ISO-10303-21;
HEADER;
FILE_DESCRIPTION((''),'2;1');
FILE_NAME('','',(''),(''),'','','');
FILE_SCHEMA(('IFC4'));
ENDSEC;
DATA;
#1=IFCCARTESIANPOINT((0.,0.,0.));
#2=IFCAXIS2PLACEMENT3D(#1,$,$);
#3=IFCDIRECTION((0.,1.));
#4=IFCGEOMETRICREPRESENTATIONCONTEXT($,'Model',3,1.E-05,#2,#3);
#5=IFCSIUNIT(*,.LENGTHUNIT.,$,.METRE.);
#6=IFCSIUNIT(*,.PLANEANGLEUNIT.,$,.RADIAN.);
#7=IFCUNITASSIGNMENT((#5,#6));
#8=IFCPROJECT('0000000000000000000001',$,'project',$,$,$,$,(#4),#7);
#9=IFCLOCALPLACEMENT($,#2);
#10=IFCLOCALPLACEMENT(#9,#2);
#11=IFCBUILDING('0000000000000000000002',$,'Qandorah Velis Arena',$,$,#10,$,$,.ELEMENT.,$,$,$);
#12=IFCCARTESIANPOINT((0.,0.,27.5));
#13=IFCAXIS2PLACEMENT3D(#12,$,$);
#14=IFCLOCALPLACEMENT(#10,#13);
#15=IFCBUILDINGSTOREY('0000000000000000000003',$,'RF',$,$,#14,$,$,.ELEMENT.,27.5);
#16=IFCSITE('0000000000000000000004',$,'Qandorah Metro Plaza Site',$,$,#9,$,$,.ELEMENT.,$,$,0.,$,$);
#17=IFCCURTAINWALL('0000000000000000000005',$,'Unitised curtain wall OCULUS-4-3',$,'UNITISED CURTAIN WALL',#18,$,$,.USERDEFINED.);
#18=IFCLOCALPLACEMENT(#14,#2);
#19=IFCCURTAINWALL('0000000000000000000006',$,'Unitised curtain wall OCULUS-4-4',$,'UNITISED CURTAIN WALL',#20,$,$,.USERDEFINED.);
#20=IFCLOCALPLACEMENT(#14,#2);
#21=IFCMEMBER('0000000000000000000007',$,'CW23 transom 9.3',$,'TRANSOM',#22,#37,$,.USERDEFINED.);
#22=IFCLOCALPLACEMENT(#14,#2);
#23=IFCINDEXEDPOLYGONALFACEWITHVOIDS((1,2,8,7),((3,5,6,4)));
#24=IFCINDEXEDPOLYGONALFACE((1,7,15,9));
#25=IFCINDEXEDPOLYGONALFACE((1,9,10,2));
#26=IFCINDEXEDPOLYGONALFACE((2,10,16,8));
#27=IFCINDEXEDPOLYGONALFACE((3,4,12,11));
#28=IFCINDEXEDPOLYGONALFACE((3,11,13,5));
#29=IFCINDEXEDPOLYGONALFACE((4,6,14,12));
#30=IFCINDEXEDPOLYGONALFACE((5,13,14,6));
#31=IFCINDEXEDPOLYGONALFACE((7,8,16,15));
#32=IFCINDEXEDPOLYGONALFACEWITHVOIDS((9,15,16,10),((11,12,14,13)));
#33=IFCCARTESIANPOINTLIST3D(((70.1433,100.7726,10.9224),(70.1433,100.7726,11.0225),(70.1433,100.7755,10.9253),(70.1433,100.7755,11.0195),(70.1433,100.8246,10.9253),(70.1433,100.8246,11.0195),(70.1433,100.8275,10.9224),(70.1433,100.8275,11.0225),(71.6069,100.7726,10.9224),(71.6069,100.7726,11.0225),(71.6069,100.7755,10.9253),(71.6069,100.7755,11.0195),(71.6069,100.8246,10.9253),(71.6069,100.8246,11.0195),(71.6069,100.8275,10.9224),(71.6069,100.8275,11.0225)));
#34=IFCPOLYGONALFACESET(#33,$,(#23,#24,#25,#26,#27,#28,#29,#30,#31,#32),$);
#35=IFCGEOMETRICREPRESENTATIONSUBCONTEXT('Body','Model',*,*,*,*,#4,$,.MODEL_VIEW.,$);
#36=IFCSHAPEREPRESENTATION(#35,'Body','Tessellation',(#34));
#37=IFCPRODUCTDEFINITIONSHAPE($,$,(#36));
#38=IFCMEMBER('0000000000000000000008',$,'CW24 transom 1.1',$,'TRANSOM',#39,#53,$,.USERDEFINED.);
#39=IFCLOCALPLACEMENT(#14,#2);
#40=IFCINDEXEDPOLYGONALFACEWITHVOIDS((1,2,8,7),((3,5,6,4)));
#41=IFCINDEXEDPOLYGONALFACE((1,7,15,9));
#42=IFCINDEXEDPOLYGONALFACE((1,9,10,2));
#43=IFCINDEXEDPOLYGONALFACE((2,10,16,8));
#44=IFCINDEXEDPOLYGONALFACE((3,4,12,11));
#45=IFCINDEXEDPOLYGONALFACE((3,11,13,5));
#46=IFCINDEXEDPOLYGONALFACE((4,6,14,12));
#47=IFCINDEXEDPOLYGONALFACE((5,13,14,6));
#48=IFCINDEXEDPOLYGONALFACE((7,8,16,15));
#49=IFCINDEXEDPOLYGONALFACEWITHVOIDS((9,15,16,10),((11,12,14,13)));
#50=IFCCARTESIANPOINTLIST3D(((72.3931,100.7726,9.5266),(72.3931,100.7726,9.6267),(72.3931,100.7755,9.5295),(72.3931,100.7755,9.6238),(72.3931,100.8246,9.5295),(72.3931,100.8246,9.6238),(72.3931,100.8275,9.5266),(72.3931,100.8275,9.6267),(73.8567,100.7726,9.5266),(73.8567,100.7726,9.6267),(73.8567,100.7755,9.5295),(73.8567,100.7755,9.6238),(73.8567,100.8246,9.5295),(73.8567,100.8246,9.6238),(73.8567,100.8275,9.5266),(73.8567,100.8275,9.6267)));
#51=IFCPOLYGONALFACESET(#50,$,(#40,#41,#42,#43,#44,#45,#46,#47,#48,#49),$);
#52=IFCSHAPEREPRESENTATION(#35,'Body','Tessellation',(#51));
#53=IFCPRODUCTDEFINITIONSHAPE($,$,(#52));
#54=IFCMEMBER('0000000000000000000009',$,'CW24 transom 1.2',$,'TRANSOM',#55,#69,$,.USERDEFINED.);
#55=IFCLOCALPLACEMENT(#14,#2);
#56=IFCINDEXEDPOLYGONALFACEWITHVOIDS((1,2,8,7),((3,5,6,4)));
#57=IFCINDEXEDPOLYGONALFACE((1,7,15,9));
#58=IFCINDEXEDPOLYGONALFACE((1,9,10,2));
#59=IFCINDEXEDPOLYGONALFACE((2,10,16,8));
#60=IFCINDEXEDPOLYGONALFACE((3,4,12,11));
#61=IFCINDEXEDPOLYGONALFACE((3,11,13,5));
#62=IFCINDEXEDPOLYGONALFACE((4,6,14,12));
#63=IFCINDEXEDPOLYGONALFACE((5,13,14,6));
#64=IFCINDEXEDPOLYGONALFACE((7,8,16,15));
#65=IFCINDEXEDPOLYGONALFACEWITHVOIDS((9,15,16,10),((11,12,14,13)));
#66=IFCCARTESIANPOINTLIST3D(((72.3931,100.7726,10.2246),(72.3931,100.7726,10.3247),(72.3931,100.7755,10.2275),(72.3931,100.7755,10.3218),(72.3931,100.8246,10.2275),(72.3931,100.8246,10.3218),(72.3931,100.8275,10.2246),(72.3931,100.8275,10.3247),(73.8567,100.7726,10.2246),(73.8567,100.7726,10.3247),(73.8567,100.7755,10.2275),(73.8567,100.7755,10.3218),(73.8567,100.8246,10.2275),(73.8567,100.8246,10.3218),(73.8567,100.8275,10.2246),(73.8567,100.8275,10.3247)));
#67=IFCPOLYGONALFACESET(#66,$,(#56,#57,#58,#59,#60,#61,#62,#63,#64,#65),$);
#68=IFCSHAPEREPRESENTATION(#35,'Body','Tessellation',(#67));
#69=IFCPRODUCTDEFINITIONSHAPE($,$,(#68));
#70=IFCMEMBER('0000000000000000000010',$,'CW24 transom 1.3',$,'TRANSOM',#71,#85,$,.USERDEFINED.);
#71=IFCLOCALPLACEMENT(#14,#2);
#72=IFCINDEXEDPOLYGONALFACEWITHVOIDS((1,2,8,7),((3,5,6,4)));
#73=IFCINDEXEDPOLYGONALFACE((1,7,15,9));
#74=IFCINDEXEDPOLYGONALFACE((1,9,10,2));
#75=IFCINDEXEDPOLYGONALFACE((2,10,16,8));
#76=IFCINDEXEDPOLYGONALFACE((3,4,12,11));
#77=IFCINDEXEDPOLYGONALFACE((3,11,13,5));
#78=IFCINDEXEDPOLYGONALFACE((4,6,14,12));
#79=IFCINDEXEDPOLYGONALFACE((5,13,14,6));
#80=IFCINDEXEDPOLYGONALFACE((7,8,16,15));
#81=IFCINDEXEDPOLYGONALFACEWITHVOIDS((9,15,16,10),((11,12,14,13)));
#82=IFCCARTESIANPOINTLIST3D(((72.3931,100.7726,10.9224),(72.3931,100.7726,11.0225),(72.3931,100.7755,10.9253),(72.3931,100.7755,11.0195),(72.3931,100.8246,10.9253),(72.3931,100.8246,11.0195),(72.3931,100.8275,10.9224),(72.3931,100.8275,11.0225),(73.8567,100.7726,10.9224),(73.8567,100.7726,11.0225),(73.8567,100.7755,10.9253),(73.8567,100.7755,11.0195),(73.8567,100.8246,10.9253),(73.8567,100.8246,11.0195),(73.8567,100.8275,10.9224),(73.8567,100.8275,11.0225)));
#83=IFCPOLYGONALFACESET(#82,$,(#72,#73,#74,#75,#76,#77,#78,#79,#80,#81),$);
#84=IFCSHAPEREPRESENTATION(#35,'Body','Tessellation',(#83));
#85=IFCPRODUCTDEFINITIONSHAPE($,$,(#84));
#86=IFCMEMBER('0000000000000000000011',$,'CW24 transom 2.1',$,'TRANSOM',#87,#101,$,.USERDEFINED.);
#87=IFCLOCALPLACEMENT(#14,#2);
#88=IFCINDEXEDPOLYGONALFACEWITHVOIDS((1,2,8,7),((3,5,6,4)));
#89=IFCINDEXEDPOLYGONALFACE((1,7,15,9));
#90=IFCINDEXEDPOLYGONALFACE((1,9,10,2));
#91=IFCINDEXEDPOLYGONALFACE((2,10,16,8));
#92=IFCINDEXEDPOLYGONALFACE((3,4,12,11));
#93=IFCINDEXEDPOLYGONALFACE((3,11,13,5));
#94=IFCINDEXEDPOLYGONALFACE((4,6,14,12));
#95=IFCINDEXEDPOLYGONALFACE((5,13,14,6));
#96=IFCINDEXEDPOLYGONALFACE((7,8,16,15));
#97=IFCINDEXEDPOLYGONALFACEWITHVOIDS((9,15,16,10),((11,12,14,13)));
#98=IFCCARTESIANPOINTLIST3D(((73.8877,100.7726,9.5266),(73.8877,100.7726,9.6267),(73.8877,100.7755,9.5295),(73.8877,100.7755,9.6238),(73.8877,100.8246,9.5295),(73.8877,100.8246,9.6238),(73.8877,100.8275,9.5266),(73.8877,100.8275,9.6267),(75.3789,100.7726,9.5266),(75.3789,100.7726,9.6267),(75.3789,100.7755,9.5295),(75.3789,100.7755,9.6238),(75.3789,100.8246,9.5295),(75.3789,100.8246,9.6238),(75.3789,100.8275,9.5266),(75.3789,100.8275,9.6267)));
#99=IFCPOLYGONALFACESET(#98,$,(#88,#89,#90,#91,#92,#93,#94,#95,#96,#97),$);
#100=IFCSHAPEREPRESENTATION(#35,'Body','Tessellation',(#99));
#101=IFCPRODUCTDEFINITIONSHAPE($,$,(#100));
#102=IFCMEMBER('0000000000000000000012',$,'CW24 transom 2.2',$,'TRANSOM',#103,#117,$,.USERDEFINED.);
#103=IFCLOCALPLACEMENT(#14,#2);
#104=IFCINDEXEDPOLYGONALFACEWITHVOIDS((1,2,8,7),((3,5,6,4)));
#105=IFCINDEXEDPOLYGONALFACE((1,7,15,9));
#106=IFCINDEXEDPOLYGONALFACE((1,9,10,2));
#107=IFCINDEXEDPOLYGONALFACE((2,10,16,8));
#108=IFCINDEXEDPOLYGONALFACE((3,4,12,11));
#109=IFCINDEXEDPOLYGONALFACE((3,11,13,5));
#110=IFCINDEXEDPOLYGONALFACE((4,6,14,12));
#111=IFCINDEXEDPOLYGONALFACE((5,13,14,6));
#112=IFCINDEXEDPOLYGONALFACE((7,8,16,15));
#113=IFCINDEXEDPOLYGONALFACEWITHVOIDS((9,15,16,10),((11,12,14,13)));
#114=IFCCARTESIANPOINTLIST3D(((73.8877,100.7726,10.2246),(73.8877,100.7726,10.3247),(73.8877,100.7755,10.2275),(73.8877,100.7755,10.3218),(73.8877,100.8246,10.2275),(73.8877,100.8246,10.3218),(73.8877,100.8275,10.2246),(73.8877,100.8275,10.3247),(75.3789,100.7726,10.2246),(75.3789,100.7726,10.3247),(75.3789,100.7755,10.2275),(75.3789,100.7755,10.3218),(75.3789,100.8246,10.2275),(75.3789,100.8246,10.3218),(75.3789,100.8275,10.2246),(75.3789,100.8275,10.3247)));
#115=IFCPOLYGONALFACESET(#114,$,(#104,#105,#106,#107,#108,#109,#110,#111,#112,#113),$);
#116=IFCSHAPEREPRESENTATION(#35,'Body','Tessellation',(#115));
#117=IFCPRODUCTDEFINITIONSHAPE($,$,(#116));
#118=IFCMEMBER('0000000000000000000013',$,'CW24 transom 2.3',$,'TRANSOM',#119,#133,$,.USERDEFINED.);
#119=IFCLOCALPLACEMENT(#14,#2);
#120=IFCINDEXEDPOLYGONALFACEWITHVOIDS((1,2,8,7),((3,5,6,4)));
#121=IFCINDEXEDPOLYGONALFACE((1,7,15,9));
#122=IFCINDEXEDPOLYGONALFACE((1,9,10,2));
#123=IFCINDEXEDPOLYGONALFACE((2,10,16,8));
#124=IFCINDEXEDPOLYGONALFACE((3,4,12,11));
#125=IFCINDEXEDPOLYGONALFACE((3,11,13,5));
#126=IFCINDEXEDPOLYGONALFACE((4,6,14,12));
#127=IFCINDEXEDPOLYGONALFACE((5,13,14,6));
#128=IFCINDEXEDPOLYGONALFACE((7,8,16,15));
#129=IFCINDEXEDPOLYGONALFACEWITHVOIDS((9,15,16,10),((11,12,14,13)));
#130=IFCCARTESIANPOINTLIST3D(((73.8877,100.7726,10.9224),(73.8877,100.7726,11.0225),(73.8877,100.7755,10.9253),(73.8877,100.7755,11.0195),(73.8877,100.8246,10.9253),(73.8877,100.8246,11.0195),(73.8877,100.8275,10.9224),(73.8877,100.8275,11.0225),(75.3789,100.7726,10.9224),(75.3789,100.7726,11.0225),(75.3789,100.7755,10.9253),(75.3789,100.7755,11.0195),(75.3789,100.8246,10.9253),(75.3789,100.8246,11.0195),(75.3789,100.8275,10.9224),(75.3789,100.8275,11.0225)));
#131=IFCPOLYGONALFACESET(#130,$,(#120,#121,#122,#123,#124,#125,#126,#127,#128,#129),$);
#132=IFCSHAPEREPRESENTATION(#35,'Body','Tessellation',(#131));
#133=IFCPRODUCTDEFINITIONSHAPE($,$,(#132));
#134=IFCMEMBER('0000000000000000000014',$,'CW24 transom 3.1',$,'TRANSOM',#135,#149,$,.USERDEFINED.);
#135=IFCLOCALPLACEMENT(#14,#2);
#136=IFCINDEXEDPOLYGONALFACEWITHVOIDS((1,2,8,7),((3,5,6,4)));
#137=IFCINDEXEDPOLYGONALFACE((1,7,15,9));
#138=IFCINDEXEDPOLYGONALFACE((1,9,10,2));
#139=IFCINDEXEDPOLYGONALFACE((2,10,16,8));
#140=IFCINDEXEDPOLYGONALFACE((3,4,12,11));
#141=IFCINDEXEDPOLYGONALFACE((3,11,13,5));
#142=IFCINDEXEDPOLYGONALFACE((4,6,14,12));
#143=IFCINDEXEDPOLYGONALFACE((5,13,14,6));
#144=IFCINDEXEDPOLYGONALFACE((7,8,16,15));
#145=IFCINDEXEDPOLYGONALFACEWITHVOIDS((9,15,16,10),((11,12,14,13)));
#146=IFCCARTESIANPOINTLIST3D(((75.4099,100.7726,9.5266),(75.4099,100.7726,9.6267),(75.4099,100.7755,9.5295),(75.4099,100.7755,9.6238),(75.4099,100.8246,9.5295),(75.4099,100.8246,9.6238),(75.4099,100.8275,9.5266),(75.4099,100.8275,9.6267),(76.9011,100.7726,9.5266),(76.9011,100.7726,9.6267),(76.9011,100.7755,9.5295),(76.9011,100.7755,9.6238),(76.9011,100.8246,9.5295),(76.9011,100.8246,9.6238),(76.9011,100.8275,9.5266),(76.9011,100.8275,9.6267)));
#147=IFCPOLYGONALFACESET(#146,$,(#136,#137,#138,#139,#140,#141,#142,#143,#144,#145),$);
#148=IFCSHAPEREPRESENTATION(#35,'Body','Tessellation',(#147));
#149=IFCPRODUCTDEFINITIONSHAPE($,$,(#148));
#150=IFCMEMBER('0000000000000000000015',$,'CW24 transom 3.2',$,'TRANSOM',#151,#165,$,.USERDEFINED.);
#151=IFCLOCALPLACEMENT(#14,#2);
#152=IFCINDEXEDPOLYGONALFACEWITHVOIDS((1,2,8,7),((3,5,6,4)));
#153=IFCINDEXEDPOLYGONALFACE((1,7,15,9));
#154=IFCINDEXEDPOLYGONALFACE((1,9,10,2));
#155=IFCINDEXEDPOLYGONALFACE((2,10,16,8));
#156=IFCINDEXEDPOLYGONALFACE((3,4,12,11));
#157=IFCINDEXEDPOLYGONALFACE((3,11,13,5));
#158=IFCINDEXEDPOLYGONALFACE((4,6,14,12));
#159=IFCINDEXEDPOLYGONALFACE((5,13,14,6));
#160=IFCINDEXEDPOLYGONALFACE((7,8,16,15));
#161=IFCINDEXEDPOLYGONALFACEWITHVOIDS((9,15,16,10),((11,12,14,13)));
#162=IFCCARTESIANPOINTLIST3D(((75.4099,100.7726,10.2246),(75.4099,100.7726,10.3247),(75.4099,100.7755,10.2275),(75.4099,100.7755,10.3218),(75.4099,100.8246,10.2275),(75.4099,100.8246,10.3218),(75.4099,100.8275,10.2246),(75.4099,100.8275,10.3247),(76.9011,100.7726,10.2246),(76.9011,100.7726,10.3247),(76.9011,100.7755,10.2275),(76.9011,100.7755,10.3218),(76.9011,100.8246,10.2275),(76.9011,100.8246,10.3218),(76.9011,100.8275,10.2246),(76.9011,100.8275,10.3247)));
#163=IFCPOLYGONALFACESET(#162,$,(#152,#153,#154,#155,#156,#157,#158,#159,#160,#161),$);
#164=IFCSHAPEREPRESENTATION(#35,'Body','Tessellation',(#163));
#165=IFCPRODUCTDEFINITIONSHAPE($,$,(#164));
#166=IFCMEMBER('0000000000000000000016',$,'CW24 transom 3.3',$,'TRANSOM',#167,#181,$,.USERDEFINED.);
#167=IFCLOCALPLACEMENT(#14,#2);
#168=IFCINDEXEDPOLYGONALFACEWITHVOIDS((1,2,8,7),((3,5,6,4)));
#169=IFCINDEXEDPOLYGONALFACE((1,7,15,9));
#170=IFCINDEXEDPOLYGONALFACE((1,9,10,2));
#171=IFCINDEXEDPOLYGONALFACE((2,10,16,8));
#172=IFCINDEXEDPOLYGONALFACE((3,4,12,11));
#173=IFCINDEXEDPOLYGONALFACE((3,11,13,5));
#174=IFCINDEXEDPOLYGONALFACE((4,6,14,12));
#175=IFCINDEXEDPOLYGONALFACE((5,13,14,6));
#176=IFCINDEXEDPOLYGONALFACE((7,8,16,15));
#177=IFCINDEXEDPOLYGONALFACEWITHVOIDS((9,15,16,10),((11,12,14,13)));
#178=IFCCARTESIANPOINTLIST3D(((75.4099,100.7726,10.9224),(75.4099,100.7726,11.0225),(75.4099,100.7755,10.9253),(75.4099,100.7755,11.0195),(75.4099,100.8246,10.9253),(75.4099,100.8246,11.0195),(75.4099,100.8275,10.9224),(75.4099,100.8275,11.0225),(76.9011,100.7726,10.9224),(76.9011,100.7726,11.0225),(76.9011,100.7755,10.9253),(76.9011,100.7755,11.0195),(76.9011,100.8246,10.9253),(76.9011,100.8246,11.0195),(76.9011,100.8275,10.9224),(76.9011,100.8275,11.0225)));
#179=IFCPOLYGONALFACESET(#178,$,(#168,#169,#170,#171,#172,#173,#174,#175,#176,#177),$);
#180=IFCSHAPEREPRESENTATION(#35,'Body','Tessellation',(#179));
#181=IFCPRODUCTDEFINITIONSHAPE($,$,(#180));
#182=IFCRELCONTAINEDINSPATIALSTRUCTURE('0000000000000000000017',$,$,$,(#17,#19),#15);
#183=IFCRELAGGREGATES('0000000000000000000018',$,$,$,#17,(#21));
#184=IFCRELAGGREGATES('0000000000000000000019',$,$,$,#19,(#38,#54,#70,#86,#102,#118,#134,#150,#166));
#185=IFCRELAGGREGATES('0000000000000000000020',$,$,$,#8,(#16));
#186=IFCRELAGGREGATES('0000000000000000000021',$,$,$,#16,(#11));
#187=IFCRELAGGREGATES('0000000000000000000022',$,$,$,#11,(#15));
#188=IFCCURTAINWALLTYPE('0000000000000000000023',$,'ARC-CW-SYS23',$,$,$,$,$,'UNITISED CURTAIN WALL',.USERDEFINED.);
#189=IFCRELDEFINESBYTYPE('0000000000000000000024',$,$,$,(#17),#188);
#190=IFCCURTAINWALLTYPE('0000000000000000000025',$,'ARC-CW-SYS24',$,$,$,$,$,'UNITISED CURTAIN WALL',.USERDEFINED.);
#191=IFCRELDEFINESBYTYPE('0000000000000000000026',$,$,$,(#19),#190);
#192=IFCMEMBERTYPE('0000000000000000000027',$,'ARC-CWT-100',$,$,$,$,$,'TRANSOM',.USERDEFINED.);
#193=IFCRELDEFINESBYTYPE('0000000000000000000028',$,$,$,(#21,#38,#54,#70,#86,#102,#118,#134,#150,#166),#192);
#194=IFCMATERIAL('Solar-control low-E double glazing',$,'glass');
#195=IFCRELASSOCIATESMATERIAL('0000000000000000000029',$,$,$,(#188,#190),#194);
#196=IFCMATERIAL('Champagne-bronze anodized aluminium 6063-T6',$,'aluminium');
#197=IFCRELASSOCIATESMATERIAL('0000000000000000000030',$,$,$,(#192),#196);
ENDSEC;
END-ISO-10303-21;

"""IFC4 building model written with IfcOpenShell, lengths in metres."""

from ifc_helpers import new_model, si_unit, direction, frame, origin, origin_2d, place, context, subcontext, project, spatial, hollow_rectangle, extrude, material, material_profile, profile_set, type_object, element, aggregate, save


model = new_model("IFC4")

# Units and contexts
model_context = context("Model", 3, precision=1e-05, world=origin(), true_north=direction((0.0, 1.0)))
body_context = subcontext(model_context, "Body", "Model", "MODEL_VIEW")
ifc_project = project(units=[si_unit("LENGTHUNIT", "METRE"), si_unit("PLANEANGLEUNIT", "RADIAN")], contexts=[model_context])

# Site, building, storey
site_placement = place(None, origin())
site = spatial("IfcSite", under=ifc_project, at=site_placement, Name="Qandorah Metro Plaza Site", CompositionType="ELEMENT", RefElevation=0.0)
building_placement = place(site_placement, origin())
building = spatial("IfcBuilding", under=site, at=building_placement, Name="Qandorah Velis Arena", CompositionType="ELEMENT")
storey_placement = place(building_placement, frame((0.0, 0.0, 27.5)))
storey = spatial("IfcBuildingStorey", under=building, at=storey_placement, Name="RF", CompositionType="ELEMENT", Elevation=27.5)

# Curtain walls
ifc_material_1 = material(Name="Solar-control low-E double glazing", Category="glass")
curtain_wall_type_1 = type_object("IfcCurtainWallType", Name="ARC-CW-SYS23", ElementType="UNITISED CURTAIN WALL", PredefinedType="USERDEFINED", material=ifc_material_1)
curtain_wall_1_placement = place(storey_placement, origin())
curtain_wall_1 = element("IfcCurtainWall", 1, at=curtain_wall_1_placement, inside=storey, type_object=curtain_wall_type_1, Name="Unitised curtain wall OCULUS-4-3", ObjectType="UNITISED CURTAIN WALL", PredefinedType="USERDEFINED")
ifc_material_2 = material(Name="Champagne-bronze anodized aluminium 6063-T6", Category="aluminium")
curtain_wall_type_2 = type_object("IfcCurtainWallType", Name="ARC-CW-SYS24", ElementType="UNITISED CURTAIN WALL", PredefinedType="USERDEFINED", material=ifc_material_1)
curtain_wall_2_placement = place(storey_placement, origin())
curtain_wall_2 = element("IfcCurtainWall", 2, at=curtain_wall_2_placement, inside=storey, type_object=curtain_wall_type_2, Name="Unitised curtain wall OCULUS-4-4", ObjectType="UNITISED CURTAIN WALL", PredefinedType="USERDEFINED")

# Members
ifc_material_profile_1 = material_profile(ifc_material_2, hollow_rectangle(XDim=0.0549, YDim=0.1001, WallThickness=0.0029, at=origin_2d()), Name="ALU TRANSOM 55x100")
ifc_profile_set_1 = profile_set([ifc_material_profile_1], Name="Champagne-bronze anodized aluminium 6063-T6")
member_type_1 = type_object("IfcMemberType", Name="ARC-CWT-100", ElementType="TRANSOM", PredefinedType="USERDEFINED", material=ifc_profile_set_1)
member_1_placement = place(storey_placement, frame((70.1433, 100.8, 10.9724), z_axis=(1.0, 0.0, 0.0), x_axis=(0.0, 1.0, 0.0)))
member_1 = element("IfcMember", 3, at=member_1_placement, type_object=member_type_1, Name="CW23 transom 9.3", ObjectType="TRANSOM", PredefinedType="USERDEFINED", context=body_context, shape_type="SweptSolid", body=[
    extrude(hollow_rectangle(XDim=0.0549, YDim=0.1001, WallThickness=0.0029, at=origin_2d()), origin(), (0.0, 0.0, 1.0), 1.4636),
])
member_2_placement = place(storey_placement, frame((72.3931, 100.8, 9.5767), z_axis=(1.0, 0.0, 0.0), x_axis=(0.0, 1.0, 0.0)))
member_2 = element("IfcMember", 4, at=member_2_placement, type_object=member_type_1, Name="CW24 transom 1.1", ObjectType="TRANSOM", PredefinedType="USERDEFINED", context=body_context, shape_type="SweptSolid", body=[
    extrude(hollow_rectangle(XDim=0.0549, YDim=0.1001, WallThickness=0.0029, at=origin_2d()), origin(), (0.0, 0.0, 1.0), 1.4636),
])
member_3_placement = place(storey_placement, frame((72.3931, 100.8, 10.2747), z_axis=(1.0, 0.0, 0.0), x_axis=(0.0, 1.0, 0.0)))
member_3 = element("IfcMember", 5, at=member_3_placement, type_object=member_type_1, Name="CW24 transom 1.2", ObjectType="TRANSOM", PredefinedType="USERDEFINED", context=body_context, shape_type="SweptSolid", body=[
    extrude(hollow_rectangle(XDim=0.0549, YDim=0.1001, WallThickness=0.0029, at=origin_2d()), origin(), (0.0, 0.0, 1.0), 1.4636),
])
member_4_placement = place(storey_placement, frame((72.3931, 100.8, 10.9724), z_axis=(1.0, 0.0, 0.0), x_axis=(0.0, 1.0, 0.0)))
member_4 = element("IfcMember", 6, at=member_4_placement, type_object=member_type_1, Name="CW24 transom 1.3", ObjectType="TRANSOM", PredefinedType="USERDEFINED", context=body_context, shape_type="SweptSolid", body=[
    extrude(hollow_rectangle(XDim=0.0549, YDim=0.1001, WallThickness=0.0029, at=origin_2d()), origin(), (0.0, 0.0, 1.0), 1.4636),
])
member_5_placement = place(storey_placement, frame((73.8877, 100.8, 9.5767), z_axis=(1.0, 0.0, 0.0), x_axis=(0.0, 1.0, 0.0)))
member_5 = element("IfcMember", 7, at=member_5_placement, type_object=member_type_1, Name="CW24 transom 2.1", ObjectType="TRANSOM", PredefinedType="USERDEFINED", context=body_context, shape_type="SweptSolid", body=[
    extrude(hollow_rectangle(XDim=0.0549, YDim=0.1001, WallThickness=0.0029, at=origin_2d()), origin(), (0.0, 0.0, 1.0), 1.4912),
])
member_6_placement = place(storey_placement, frame((73.8877, 100.8, 10.2747), z_axis=(1.0, 0.0, 0.0), x_axis=(0.0, 1.0, 0.0)))
member_6 = element("IfcMember", 8, at=member_6_placement, type_object=member_type_1, Name="CW24 transom 2.2", ObjectType="TRANSOM", PredefinedType="USERDEFINED", context=body_context, shape_type="SweptSolid", body=[
    extrude(hollow_rectangle(XDim=0.0549, YDim=0.1001, WallThickness=0.0029, at=origin_2d()), origin(), (0.0, 0.0, 1.0), 1.4912),
])
member_7_placement = place(storey_placement, frame((73.8877, 100.8, 10.9724), z_axis=(1.0, 0.0, 0.0), x_axis=(0.0, 1.0, 0.0)))
member_7 = element("IfcMember", 9, at=member_7_placement, type_object=member_type_1, Name="CW24 transom 2.3", ObjectType="TRANSOM", PredefinedType="USERDEFINED", context=body_context, shape_type="SweptSolid", body=[
    extrude(hollow_rectangle(XDim=0.0549, YDim=0.1001, WallThickness=0.0029, at=origin_2d()), origin(), (0.0, 0.0, 1.0), 1.4912),
])
member_8_placement = place(storey_placement, frame((75.4099, 100.8, 9.5767), z_axis=(1.0, 0.0, 0.0), x_axis=(0.0, 1.0, 0.0)))
member_8 = element("IfcMember", 10, at=member_8_placement, type_object=member_type_1, Name="CW24 transom 3.1", ObjectType="TRANSOM", PredefinedType="USERDEFINED", context=body_context, shape_type="SweptSolid", body=[
    extrude(hollow_rectangle(XDim=0.0549, YDim=0.1001, WallThickness=0.0029, at=origin_2d()), origin(), (0.0, 0.0, 1.0), 1.4912),
])
member_9_placement = place(storey_placement, frame((75.4099, 100.8, 10.2747), z_axis=(1.0, 0.0, 0.0), x_axis=(0.0, 1.0, 0.0)))
member_9 = element("IfcMember", 11, at=member_9_placement, type_object=member_type_1, Name="CW24 transom 3.2", ObjectType="TRANSOM", PredefinedType="USERDEFINED", context=body_context, shape_type="SweptSolid", body=[
    extrude(hollow_rectangle(XDim=0.0549, YDim=0.1001, WallThickness=0.0029, at=origin_2d()), origin(), (0.0, 0.0, 1.0), 1.4912),
])
member_10_placement = place(storey_placement, frame((75.4099, 100.8, 10.9724), z_axis=(1.0, 0.0, 0.0), x_axis=(0.0, 1.0, 0.0)))
member_10 = element("IfcMember", 12, at=member_10_placement, type_object=member_type_1, Name="CW24 transom 3.3", ObjectType="TRANSOM", PredefinedType="USERDEFINED", context=body_context, shape_type="SweptSolid", body=[
    extrude(hollow_rectangle(XDim=0.0549, YDim=0.1001, WallThickness=0.0029, at=origin_2d()), origin(), (0.0, 0.0, 1.0), 1.4912),
])

aggregate(curtain_wall_1, [member_1])
aggregate(curtain_wall_2, [member_2, member_3, member_4, member_5, member_6, member_7, member_8, member_9, member_10])

save(model, "model.ifc")
